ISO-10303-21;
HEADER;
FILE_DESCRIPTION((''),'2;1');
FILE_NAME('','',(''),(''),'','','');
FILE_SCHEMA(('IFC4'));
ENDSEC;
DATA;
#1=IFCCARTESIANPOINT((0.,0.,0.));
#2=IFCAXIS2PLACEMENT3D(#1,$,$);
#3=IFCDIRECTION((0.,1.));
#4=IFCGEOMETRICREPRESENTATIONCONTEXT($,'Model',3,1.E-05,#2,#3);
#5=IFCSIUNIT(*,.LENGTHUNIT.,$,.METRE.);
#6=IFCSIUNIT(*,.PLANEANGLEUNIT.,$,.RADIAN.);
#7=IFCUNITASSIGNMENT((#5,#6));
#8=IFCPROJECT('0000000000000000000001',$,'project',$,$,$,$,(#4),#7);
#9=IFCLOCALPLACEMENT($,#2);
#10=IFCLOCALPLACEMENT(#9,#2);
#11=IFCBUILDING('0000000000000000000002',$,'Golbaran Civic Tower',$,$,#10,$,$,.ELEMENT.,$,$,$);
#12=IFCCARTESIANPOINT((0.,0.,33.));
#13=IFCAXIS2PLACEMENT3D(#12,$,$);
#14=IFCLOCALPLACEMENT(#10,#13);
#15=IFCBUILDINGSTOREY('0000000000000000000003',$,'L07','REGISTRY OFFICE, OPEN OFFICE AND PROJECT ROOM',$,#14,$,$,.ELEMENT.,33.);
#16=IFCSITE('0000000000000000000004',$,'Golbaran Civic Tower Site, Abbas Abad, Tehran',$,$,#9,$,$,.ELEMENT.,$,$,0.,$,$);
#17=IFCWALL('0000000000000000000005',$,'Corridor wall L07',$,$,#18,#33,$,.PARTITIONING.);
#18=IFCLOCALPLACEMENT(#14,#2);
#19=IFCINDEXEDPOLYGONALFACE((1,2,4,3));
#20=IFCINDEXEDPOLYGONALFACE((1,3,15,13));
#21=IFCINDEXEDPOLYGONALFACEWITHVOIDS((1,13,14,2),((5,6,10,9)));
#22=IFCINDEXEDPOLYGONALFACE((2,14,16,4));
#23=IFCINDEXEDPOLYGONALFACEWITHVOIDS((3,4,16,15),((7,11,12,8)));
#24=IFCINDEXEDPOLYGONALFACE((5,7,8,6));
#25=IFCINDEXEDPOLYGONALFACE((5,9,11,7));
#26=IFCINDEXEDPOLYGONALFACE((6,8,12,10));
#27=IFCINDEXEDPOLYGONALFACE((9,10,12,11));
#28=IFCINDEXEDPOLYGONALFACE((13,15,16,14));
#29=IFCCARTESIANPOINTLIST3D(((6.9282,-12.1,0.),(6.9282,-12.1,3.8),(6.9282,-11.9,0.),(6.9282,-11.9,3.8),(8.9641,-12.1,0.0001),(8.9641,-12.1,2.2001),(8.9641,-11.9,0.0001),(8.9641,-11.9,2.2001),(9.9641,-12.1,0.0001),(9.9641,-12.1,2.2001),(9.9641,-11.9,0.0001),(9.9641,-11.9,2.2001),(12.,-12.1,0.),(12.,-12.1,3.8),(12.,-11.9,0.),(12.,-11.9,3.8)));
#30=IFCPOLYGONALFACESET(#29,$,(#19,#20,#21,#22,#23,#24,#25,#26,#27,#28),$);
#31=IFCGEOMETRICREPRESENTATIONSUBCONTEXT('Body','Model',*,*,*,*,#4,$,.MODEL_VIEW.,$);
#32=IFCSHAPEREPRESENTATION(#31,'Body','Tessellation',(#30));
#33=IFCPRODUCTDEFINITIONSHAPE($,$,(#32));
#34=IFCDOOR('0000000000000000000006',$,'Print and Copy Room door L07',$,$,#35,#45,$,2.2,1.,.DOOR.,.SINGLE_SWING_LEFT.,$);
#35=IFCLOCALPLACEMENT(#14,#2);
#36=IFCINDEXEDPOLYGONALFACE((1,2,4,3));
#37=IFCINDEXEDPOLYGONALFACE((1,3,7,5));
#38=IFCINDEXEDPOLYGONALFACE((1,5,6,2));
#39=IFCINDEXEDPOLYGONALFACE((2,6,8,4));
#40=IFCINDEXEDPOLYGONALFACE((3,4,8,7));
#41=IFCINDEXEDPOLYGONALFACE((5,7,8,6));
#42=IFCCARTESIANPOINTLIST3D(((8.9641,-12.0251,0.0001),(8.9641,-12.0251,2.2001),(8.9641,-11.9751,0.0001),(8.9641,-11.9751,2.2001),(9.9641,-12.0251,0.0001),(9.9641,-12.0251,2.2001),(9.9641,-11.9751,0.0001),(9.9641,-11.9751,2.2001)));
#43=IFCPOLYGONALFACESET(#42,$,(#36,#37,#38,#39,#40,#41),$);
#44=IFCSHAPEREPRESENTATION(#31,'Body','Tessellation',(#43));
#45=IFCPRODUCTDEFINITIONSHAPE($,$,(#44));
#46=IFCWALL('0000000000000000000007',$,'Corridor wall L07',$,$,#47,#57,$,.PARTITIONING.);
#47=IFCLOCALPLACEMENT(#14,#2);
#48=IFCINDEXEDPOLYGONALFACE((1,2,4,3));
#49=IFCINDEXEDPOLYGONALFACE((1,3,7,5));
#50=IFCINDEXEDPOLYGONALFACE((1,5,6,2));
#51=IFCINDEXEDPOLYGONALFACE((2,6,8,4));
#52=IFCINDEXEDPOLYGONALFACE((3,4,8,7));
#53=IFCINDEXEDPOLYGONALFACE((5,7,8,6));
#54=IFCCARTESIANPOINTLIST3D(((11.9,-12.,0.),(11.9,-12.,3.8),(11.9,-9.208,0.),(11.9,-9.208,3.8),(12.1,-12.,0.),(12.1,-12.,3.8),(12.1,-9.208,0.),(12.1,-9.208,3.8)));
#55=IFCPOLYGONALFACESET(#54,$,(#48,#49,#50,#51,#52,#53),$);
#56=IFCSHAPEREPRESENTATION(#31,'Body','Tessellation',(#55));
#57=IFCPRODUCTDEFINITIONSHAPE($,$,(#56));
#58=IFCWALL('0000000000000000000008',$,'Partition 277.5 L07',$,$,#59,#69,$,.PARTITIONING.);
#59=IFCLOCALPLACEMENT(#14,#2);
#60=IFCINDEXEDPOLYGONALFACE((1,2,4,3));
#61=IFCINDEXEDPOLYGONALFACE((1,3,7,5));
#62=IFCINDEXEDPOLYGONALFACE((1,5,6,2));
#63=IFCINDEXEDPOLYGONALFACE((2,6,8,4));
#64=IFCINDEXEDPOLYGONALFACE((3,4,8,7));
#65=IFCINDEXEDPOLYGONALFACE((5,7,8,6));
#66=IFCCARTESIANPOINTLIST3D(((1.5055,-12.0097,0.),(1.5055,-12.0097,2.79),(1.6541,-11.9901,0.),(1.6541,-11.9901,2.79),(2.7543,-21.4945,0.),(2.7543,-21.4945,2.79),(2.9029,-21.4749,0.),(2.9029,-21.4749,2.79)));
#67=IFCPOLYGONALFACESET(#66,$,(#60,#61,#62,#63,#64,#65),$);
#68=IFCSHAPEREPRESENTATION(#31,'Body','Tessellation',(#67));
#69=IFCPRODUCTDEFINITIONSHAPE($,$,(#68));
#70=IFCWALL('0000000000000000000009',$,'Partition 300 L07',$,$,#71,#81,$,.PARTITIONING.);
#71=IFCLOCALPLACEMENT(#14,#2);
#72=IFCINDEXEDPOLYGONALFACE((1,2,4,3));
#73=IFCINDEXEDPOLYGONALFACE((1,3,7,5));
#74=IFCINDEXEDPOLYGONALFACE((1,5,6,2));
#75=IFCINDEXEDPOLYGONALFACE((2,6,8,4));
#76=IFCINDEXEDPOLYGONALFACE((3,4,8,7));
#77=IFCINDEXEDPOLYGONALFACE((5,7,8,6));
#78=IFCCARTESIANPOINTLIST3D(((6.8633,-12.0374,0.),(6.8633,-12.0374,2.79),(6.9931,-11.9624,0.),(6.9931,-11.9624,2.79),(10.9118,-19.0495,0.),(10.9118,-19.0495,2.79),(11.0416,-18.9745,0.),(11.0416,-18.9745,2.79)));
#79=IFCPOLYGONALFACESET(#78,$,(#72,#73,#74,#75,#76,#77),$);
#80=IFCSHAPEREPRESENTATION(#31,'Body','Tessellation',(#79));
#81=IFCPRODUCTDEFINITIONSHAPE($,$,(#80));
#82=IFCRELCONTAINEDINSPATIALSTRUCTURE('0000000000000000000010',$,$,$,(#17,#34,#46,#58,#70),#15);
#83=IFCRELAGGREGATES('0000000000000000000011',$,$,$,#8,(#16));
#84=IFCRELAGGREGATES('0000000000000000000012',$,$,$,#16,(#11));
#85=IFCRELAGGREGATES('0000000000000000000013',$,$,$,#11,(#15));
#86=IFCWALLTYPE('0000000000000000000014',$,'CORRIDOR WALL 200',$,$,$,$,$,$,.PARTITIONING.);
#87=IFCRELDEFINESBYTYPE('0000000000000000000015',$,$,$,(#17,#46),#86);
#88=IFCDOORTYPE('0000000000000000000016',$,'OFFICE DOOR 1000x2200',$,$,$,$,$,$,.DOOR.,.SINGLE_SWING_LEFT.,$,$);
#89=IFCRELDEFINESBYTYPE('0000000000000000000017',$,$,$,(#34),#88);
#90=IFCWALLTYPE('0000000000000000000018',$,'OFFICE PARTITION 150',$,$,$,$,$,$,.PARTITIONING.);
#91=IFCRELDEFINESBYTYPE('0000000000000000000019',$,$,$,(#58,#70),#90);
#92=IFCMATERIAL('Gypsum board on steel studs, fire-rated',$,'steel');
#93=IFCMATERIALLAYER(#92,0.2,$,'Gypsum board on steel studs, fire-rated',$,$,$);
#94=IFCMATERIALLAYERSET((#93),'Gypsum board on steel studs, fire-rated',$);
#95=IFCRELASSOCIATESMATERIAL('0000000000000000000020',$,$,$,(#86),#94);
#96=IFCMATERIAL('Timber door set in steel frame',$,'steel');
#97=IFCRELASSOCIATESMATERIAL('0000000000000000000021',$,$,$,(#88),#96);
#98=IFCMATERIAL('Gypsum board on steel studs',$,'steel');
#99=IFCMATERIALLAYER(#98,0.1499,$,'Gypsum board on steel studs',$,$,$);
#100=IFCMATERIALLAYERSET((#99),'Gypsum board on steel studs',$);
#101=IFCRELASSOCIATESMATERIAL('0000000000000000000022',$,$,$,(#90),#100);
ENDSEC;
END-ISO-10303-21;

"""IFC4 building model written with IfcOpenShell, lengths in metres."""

from ifc_helpers import new_model, si_unit, direction, frame, frame_2d, origin, place, context, subcontext, project, spatial, rectangle, extrude, material, layer, layer_set, type_object, element, fill, save


model = new_model("IFC4")

# Units and contexts
model_context = context("Model", 3, precision=1e-05, world=origin(), true_north=direction((0.0, 1.0)))
body_context = subcontext(model_context, "Body", "Model", "MODEL_VIEW")
ifc_project = project(units=[si_unit("LENGTHUNIT", "METRE"), si_unit("PLANEANGLEUNIT", "RADIAN")], contexts=[model_context])

# Site, building, storey
site_placement = place(None, origin())
site = spatial("IfcSite", under=ifc_project, at=site_placement, Name="Golbaran Civic Tower Site, Abbas Abad, Tehran", CompositionType="ELEMENT", RefElevation=0.0)
building_placement = place(site_placement, origin())
building = spatial("IfcBuilding", under=site, at=building_placement, Name="Golbaran Civic Tower", CompositionType="ELEMENT")
storey_placement = place(building_placement, frame((0.0, 0.0, 33.0)))
storey = spatial("IfcBuildingStorey", under=building, at=storey_placement, Name="L07", Description="REGISTRY OFFICE, OPEN OFFICE AND PROJECT ROOM", CompositionType="ELEMENT", Elevation=33.0)

# Wall, opening, door
ifc_material_1 = material(Name="Gypsum board on steel studs, fire-rated", Category="steel")
ifc_layer_1 = layer(ifc_material_1, 0.2, Name="Gypsum board on steel studs, fire-rated")
ifc_layer_set_1 = layer_set([ifc_layer_1], Name="Gypsum board on steel studs, fire-rated")
wall_type_1 = type_object("IfcWallType", Name="CORRIDOR WALL 200", PredefinedType="PARTITIONING", material=ifc_layer_set_1)
ifc_material_2 = material(Name="Timber door set in steel frame", Category="steel")
wall_1_placement = place(storey_placement, frame((6.9282, -12.0, 0.0), z_axis=(0.0, 0.0, 1.0), x_axis=(1.0, 0.0, 0.0)))
wall_1 = element("IfcWall", 1, at=wall_1_placement, inside=storey, type_object=wall_type_1, Name="Corridor wall L07", PredefinedType="PARTITIONING", context=body_context, shape_type="SweptSolid", body=[
    extrude(rectangle(XDim=5.0718, YDim=0.2, at=frame_2d((2.5359, 0.0))), origin(), (0.0, 0.0, 1.0), 3.8),
])
opening_1_placement = place(wall_1_placement, frame((2.0359, 0.0, 0.0)))
opening_1 = element("IfcOpeningElement", 2, at=opening_1_placement, cuts=wall_1, PredefinedType="OPENING", context=body_context, shape_type="SweptSolid", body=[
    extrude(rectangle(XDim=1.0, YDim=2.2, at=frame_2d((0.5, 1.1001))), frame((0.0, 0.1099, 0.0), z_axis=(0.0, -1.0, 0.0), x_axis=(1.0, 0.0, 0.0)), (0.0, 0.0, 1.0), 0.22),
])
door_type_1 = type_object("IfcDoorType", Name="OFFICE DOOR 1000x2200", OperationType="SINGLE_SWING_LEFT", PredefinedType="DOOR", material=ifc_material_2)
door_1_placement = place(opening_1_placement, origin())
door_1 = element("IfcDoor", 3, at=door_1_placement, inside=storey, type_object=door_type_1, Name="Print and Copy Room door L07", OperationType="SINGLE_SWING_LEFT", OverallHeight=2.2, OverallWidth=1.0, PredefinedType="DOOR", context=body_context, shape_type="SweptSolid", body=[
    extrude(rectangle(XDim=1.0, YDim=2.2, at=frame_2d((0.5, 1.1001))), frame((0.0, 0.0249, 0.0), z_axis=(0.0, -1.0, 0.0), x_axis=(1.0, 0.0, 0.0)), (0.0, 0.0, 1.0), 0.05),
])
fill(opening_1, door_1)

# Walls
wall_2_placement = place(storey_placement, frame((12.0, -12.0, 0.0), z_axis=(0.0, 0.0, 1.0), x_axis=(0.0, 1.0, 0.0)))
element("IfcWall", 4, at=wall_2_placement, inside=storey, type_object=wall_type_1, Name="Corridor wall L07", PredefinedType="PARTITIONING", context=body_context, shape_type="SweptSolid", body=[
    extrude(rectangle(XDim=2.792, YDim=0.2, at=frame_2d((1.396, 0.0))), origin(), (0.0, 0.0, 1.0), 3.8),
])
ifc_material_3 = material(Name="Gypsum board on steel studs", Category="steel")
ifc_layer_2 = layer(ifc_material_3, 0.1499, Name="Gypsum board on steel studs")
ifc_layer_set_2 = layer_set([ifc_layer_2], Name="Gypsum board on steel studs")
wall_type_2 = type_object("IfcWallType", Name="OFFICE PARTITION 150", PredefinedType="PARTITIONING", material=ifc_layer_set_2)
wall_3_placement = place(storey_placement, frame((1.5798, -12.0, 0.0), z_axis=(0.0, 0.0, 1.0), x_axis=(0.130534, -0.991444, 0.0)))
element("IfcWall", 5, at=wall_3_placement, inside=storey, type_object=wall_type_2, Name="Partition 277.5 L07", PredefinedType="PARTITIONING", context=body_context, shape_type="SweptSolid", body=[
    extrude(rectangle(XDim=9.5667, YDim=0.1499, at=frame_2d((4.7832, 0.0))), origin(), (0.0, 0.0, 1.0), 2.79),
])
wall_4_placement = place(storey_placement, frame((6.9282, -12.0, 0.0), z_axis=(0.0, 0.0, 1.0), x_axis=(0.500008, -0.866021, 0.0)))
element("IfcWall", 6, at=wall_4_placement, inside=storey, type_object=wall_type_2, Name="Partition 300 L07", PredefinedType="PARTITIONING", context=body_context, shape_type="SweptSolid", body=[
    extrude(rectangle(XDim=8.0969, YDim=0.1499, at=frame_2d((4.0483, 0.0))), origin(), (0.0, 0.0, 1.0), 2.79),
])

save(model, "model.ifc")
